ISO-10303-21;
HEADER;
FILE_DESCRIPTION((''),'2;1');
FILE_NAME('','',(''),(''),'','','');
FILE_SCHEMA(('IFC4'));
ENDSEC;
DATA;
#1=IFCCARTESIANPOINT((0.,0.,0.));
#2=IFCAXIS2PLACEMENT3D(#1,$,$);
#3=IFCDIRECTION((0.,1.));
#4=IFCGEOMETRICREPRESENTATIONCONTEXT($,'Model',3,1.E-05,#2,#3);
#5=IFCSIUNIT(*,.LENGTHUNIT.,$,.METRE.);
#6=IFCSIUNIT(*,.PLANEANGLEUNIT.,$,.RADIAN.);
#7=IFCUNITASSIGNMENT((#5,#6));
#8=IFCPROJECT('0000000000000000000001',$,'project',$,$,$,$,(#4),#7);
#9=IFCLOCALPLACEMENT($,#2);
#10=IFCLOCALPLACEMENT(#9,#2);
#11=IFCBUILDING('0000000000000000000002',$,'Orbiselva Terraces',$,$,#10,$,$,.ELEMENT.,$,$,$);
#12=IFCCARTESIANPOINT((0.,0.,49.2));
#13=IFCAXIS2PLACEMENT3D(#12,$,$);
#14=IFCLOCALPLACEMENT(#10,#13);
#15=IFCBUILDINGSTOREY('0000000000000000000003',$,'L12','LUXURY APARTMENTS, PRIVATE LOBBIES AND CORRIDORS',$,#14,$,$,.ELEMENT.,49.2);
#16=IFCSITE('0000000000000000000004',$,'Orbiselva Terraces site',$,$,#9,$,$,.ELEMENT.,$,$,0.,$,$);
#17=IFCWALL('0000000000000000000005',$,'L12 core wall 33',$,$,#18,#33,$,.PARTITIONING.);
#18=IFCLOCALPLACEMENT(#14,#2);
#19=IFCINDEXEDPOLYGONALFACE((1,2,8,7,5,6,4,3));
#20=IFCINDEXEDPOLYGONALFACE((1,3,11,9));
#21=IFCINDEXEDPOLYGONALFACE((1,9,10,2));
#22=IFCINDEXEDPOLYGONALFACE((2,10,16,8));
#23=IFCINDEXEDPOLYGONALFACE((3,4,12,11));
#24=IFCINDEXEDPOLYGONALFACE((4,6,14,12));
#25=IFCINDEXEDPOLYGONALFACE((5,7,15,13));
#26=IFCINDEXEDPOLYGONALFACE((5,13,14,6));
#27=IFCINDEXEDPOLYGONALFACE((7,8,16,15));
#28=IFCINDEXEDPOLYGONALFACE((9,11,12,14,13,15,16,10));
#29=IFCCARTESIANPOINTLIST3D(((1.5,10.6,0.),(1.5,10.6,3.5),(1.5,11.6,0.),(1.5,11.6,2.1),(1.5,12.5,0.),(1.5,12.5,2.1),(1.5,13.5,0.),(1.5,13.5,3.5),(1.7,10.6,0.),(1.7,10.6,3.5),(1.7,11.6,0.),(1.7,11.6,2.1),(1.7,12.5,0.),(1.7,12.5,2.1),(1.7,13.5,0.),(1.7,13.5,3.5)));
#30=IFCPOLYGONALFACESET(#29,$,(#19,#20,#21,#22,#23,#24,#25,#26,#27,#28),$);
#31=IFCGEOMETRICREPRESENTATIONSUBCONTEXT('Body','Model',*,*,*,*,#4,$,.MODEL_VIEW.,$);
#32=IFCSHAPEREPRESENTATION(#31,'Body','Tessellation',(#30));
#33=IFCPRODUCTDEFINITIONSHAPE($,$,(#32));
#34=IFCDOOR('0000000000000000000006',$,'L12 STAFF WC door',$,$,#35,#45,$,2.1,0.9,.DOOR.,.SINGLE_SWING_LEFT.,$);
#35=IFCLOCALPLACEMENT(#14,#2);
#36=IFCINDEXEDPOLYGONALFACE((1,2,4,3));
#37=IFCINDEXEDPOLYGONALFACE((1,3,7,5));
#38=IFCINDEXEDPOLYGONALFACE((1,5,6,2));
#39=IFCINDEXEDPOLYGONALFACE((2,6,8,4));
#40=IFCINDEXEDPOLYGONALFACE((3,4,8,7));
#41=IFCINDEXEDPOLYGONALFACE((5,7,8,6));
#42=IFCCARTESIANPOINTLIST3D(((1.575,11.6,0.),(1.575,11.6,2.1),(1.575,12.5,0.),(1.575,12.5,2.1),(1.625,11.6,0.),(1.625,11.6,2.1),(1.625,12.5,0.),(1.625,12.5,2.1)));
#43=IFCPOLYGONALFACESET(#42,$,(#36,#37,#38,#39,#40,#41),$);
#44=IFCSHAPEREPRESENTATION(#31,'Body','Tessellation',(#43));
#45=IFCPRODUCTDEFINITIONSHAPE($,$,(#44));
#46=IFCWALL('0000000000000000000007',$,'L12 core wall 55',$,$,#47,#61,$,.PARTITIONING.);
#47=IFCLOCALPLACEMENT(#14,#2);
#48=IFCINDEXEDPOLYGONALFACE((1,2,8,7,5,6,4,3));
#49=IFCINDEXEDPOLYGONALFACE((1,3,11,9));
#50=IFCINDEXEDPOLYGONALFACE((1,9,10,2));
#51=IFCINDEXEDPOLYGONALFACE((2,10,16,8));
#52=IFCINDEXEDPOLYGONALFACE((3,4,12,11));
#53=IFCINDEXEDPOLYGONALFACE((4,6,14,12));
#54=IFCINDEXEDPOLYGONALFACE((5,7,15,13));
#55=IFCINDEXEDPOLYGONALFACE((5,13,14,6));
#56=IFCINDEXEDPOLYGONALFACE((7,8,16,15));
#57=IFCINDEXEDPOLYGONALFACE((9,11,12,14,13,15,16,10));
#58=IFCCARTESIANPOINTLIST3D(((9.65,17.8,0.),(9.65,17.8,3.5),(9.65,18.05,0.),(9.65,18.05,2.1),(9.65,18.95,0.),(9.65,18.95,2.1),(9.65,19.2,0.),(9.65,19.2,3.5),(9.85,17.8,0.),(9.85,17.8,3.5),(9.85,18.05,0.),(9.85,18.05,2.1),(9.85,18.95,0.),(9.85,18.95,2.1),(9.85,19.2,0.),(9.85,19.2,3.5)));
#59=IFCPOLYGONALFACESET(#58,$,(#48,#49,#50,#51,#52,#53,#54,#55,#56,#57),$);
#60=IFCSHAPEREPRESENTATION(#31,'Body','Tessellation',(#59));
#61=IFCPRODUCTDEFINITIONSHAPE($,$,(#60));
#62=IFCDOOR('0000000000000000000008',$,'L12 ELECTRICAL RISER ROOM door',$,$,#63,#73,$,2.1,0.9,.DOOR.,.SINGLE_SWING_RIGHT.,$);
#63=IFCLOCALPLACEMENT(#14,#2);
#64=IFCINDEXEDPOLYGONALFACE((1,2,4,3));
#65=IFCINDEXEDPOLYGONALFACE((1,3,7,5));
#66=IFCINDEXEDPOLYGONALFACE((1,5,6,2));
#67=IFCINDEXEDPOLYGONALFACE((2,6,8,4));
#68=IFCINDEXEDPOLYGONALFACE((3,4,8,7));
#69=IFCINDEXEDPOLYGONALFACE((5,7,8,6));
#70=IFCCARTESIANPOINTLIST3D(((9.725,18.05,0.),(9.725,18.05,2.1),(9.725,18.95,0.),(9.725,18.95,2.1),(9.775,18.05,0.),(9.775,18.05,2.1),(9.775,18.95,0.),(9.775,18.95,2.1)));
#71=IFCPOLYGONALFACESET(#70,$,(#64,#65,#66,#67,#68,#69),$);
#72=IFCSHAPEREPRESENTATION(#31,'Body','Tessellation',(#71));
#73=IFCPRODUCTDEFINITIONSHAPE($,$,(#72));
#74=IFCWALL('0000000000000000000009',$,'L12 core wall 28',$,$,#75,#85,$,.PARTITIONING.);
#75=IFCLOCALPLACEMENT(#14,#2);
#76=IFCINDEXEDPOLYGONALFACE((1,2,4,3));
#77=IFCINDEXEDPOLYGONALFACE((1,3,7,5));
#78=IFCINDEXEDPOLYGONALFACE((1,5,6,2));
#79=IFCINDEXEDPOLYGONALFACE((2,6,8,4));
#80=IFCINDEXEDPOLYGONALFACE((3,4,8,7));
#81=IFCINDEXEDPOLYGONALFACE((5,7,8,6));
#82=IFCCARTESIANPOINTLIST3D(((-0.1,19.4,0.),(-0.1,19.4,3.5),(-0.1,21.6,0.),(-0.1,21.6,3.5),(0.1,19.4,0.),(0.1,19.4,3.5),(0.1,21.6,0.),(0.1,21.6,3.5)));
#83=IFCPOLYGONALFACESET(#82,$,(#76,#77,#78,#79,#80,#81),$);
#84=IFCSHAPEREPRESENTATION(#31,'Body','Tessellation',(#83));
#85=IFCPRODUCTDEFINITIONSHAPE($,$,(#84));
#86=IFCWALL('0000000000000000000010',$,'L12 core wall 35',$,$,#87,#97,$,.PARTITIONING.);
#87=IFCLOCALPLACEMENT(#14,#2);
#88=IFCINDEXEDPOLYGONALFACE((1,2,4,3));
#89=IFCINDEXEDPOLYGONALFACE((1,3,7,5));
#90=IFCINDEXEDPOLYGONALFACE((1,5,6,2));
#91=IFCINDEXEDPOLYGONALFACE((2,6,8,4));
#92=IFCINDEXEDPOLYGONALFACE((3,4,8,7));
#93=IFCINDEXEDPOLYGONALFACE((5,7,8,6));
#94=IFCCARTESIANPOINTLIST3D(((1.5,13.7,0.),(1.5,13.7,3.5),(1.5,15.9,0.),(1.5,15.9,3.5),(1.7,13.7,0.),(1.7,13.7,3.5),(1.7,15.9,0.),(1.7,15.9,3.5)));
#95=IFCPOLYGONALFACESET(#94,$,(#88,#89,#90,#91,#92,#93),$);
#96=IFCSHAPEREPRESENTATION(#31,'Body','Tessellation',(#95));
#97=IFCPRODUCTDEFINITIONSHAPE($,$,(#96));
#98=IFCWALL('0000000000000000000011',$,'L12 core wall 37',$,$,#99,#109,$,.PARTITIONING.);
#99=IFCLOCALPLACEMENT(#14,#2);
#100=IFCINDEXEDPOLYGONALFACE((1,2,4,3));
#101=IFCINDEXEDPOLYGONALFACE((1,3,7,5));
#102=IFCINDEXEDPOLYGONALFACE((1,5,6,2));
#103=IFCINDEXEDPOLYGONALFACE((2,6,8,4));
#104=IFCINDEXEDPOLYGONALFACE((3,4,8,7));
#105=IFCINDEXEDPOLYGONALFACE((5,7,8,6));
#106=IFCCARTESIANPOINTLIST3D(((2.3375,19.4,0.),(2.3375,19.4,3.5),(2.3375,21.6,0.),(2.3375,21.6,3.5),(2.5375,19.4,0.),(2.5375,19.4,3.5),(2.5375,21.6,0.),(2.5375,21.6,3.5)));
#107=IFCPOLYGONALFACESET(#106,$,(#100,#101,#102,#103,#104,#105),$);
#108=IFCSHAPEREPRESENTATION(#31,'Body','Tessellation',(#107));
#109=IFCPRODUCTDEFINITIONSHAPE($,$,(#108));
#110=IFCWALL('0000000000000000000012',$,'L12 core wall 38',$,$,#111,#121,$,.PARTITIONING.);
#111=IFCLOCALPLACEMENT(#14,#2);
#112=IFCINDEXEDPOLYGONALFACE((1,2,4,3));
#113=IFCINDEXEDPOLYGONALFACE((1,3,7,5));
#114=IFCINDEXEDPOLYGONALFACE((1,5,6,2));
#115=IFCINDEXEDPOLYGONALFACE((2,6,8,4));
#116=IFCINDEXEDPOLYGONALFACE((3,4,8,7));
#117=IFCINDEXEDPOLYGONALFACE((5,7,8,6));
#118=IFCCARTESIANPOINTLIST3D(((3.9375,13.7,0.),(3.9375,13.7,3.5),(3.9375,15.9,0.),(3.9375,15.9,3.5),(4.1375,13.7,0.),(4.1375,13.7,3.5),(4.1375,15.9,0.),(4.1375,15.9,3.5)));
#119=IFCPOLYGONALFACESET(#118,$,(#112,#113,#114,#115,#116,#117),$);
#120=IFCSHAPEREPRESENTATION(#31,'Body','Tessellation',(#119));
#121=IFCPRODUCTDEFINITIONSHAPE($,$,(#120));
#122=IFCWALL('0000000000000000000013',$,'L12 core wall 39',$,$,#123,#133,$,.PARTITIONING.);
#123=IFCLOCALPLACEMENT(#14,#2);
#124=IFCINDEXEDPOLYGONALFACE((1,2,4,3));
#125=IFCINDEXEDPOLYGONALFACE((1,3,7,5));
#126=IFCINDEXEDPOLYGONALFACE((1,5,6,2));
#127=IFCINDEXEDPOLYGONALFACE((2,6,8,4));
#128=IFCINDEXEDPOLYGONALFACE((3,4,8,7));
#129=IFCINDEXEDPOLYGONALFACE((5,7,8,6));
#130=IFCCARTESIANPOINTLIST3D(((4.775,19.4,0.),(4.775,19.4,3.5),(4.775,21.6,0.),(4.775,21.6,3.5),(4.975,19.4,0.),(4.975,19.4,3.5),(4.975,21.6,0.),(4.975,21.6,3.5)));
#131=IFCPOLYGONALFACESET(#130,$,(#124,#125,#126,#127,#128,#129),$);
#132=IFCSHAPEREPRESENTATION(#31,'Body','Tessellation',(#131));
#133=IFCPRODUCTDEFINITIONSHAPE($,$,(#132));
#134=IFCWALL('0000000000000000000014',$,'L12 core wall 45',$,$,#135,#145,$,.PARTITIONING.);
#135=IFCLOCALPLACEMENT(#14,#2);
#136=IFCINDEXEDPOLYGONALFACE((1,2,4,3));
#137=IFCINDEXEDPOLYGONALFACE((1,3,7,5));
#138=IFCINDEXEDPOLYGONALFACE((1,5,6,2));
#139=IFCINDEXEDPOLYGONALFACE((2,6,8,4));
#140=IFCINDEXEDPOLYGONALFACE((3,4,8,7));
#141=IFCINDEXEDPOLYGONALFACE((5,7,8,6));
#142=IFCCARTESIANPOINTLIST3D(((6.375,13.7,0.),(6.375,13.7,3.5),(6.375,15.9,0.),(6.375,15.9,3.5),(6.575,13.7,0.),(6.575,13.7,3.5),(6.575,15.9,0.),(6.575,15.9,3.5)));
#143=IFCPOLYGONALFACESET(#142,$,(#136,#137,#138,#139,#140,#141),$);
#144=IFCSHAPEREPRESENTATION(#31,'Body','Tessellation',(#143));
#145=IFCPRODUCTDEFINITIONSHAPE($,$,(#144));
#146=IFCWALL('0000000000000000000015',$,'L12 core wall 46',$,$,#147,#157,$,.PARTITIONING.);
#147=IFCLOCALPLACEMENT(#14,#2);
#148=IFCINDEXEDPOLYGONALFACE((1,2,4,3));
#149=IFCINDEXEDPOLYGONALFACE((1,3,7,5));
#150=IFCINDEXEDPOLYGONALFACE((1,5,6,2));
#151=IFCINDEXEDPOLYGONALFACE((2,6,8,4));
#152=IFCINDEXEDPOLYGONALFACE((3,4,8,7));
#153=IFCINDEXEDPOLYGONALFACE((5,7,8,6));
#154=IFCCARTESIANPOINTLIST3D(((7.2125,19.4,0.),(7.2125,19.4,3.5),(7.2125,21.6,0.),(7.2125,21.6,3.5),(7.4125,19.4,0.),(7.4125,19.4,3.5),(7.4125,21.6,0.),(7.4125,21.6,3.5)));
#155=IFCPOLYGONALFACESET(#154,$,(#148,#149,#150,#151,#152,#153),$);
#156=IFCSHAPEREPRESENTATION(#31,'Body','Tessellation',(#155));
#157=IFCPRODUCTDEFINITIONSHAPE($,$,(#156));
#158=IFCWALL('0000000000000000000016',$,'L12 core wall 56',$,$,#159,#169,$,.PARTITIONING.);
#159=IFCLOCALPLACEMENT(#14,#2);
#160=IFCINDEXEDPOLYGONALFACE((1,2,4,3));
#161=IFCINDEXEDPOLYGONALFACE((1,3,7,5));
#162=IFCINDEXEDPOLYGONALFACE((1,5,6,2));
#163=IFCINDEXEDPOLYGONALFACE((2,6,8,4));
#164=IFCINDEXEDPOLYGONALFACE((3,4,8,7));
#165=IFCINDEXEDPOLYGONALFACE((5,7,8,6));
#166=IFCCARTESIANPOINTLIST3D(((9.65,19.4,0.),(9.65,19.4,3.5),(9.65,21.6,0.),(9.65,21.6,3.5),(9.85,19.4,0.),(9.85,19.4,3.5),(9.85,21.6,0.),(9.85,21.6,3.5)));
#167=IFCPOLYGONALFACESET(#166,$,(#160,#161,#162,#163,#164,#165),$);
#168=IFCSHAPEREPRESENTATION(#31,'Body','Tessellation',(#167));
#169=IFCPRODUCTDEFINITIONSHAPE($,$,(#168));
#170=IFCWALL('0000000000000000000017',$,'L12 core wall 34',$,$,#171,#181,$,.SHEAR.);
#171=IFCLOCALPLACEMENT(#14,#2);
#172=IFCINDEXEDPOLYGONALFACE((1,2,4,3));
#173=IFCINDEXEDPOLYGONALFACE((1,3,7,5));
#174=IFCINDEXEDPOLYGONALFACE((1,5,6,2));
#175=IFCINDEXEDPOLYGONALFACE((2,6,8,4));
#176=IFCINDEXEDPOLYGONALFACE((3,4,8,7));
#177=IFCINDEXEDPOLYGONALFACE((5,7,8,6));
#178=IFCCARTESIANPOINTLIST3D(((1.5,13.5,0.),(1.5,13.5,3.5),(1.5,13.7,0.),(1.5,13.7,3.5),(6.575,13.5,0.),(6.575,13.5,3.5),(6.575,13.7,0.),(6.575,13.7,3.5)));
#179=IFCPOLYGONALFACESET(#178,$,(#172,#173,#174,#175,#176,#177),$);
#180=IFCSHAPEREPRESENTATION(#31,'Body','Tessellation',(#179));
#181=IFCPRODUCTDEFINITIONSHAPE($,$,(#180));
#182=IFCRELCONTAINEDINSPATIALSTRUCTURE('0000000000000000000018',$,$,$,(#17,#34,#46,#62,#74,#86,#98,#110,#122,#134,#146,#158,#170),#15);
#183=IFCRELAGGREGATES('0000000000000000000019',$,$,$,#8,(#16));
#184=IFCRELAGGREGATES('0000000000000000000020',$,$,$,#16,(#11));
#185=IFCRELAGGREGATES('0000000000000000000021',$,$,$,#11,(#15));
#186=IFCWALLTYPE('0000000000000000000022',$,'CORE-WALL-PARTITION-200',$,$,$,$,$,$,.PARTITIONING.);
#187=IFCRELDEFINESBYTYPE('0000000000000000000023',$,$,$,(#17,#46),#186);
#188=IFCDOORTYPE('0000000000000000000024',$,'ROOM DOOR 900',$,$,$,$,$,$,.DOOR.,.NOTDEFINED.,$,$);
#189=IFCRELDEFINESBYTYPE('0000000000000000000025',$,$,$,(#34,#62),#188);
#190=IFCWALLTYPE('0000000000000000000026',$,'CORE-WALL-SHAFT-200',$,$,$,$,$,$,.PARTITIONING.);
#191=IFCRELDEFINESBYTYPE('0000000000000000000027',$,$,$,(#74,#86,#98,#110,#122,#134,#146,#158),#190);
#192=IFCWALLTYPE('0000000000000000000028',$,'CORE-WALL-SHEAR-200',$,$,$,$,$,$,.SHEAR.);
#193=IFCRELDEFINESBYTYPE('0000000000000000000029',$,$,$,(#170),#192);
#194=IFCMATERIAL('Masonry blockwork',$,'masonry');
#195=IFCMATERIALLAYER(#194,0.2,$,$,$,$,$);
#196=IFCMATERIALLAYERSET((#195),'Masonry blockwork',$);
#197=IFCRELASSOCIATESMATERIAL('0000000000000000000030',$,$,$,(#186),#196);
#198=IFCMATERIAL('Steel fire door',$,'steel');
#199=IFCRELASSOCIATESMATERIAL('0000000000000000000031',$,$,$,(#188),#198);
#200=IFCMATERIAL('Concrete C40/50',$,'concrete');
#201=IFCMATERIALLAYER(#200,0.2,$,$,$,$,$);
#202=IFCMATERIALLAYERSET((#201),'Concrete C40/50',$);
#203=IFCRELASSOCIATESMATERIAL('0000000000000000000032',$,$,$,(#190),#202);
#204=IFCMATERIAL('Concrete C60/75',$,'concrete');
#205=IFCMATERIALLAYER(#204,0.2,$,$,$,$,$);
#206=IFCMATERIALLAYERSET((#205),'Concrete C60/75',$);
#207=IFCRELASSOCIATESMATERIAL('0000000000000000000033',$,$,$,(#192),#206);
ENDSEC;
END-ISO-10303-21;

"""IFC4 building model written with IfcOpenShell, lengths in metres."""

from ifc_helpers import new_model, si_unit, direction, frame, frame_2d, origin, place, context, subcontext, project, spatial, rectangle, extrude, material, layer, layer_set, type_object, element, fill, save


model = new_model("IFC4")

# Units and contexts
model_context = context("Model", 3, precision=1e-05, world=origin(), true_north=direction((0.0, 1.0)))
body_context = subcontext(model_context, "Body", "Model", "MODEL_VIEW")
ifc_project = project(units=[si_unit("LENGTHUNIT", "METRE"), si_unit("PLANEANGLEUNIT", "RADIAN")], contexts=[model_context])

# Site, building, storey
site_placement = place(None, origin())
site = spatial("IfcSite", under=ifc_project, at=site_placement, Name="Orbiselva Terraces site", CompositionType="ELEMENT", RefElevation=0.0)
building_placement = place(site_placement, origin())
building = spatial("IfcBuilding", under=site, at=building_placement, Name="Orbiselva Terraces", CompositionType="ELEMENT")
storey_placement = place(building_placement, frame((0.0, 0.0, 49.2)))
storey = spatial("IfcBuildingStorey", under=building, at=storey_placement, Name="L12", Description="LUXURY APARTMENTS, PRIVATE LOBBIES AND CORRIDORS", CompositionType="ELEMENT", Elevation=49.2)

# Walls, openings, doors
ifc_material_1 = material(Name="Masonry blockwork", Category="masonry")
ifc_layer_1 = layer(ifc_material_1, 0.2)
ifc_layer_set_1 = layer_set([ifc_layer_1], Name="Masonry blockwork")
wall_type_1 = type_object("IfcWallType", Name="CORE-WALL-PARTITION-200", PredefinedType="PARTITIONING", material=ifc_layer_set_1)
wall_1_placement = place(storey_placement, frame((1.6, 13.5, 0.0), z_axis=(0.0, 0.0, 1.0), x_axis=(0.0, -1.0, 0.0)))
wall_1 = element("IfcWall", 1, at=wall_1_placement, inside=storey, type_object=wall_type_1, Name="L12 core wall 33", PredefinedType="PARTITIONING", context=body_context, shape_type="SweptSolid", body=[
    extrude(rectangle(XDim=2.9, YDim=0.2, at=frame_2d((1.45, 0.0))), origin(), (0.0, 0.0, 1.0), 3.5),
])
opening_1_placement = place(wall_1_placement, frame((1.0, 0.0, 0.0)))
opening_1 = element("IfcOpeningElement", 2, at=opening_1_placement, cuts=wall_1, PredefinedType="OPENING", context=body_context, shape_type="SweptSolid", body=[
    extrude(rectangle(XDim=0.9, YDim=2.1, at=frame_2d((0.45, 1.05))), frame((0.0, 0.11, 0.0), z_axis=(0.0, -1.0, 0.0), x_axis=(1.0, 0.0, 0.0)), (0.0, 0.0, 1.0), 0.22),
])
ifc_material_2 = material(Name="Steel fire door", Category="steel")
door_type = type_object("IfcDoorType", Name="ROOM DOOR 900", OperationType="NOTDEFINED", PredefinedType="DOOR", material=ifc_material_2)
door_1_placement = place(opening_1_placement, origin())
door_1 = element("IfcDoor", 3, at=door_1_placement, inside=storey, type_object=door_type, Name="L12 STAFF WC door", OperationType="SINGLE_SWING_LEFT", OverallHeight=2.1, OverallWidth=0.9, PredefinedType="DOOR", context=body_context, shape_type="SweptSolid", body=[
    extrude(rectangle(XDim=0.9, YDim=2.1, at=frame_2d((0.45, 1.05))), frame((0.0, 0.025, 0.0), z_axis=(0.0, -1.0, 0.0), x_axis=(1.0, 0.0, 0.0)), (0.0, 0.0, 1.0), 0.05),
])
fill(opening_1, door_1)
wall_2_placement = place(storey_placement, frame((9.75, 19.2, 0.0), z_axis=(0.0, 0.0, 1.0), x_axis=(0.0, -1.0, 0.0)))
wall_2 = element("IfcWall", 4, at=wall_2_placement, inside=storey, type_object=wall_type_1, Name="L12 core wall 55", PredefinedType="PARTITIONING", context=body_context, shape_type="SweptSolid", body=[
    extrude(rectangle(XDim=1.4, YDim=0.2, at=frame_2d((0.7, 0.0))), origin(), (0.0, 0.0, 1.0), 3.5),
])
opening_2_placement = place(wall_2_placement, frame((0.25, 0.0, 0.0)))
opening_2 = element("IfcOpeningElement", 5, at=opening_2_placement, cuts=wall_2, PredefinedType="OPENING", context=body_context, shape_type="SweptSolid", body=[
    extrude(rectangle(XDim=0.9, YDim=2.1, at=frame_2d((0.45, 1.05))), frame((0.0, 0.11, 0.0), z_axis=(0.0, -1.0, 0.0), x_axis=(1.0, 0.0, 0.0)), (0.0, 0.0, 1.0), 0.22),
])
door_2_placement = place(opening_2_placement, origin())
door_2 = element("IfcDoor", 6, at=door_2_placement, inside=storey, type_object=door_type, Name="L12 ELECTRICAL RISER ROOM door", OperationType="SINGLE_SWING_RIGHT", OverallHeight=2.1, OverallWidth=0.9, PredefinedType="DOOR", context=body_context, shape_type="SweptSolid", body=[
    extrude(rectangle(XDim=0.9, YDim=2.1, at=frame_2d((0.45, 1.05))), frame((0.0, 0.025, 0.0), z_axis=(0.0, -1.0, 0.0), x_axis=(1.0, 0.0, 0.0)), (0.0, 0.0, 1.0), 0.05),
])
fill(opening_2, door_2)

# Walls
ifc_material_3 = material(Name="Concrete C40/50", Category="concrete")
ifc_layer_2 = layer(ifc_material_3, 0.2)
ifc_layer_set_2 = layer_set([ifc_layer_2], Name="Concrete C40/50")
wall_type_2 = type_object("IfcWallType", Name="CORE-WALL-SHAFT-200", PredefinedType="PARTITIONING", material=ifc_layer_set_2)
for number, where, z_axis, x_axis, name in (
    (7, (0.0, 19.4, 0.0), (0.0, 0.0, 1.0), (0.0, 1.0, 0.0), "L12 core wall 28"),
    (8, (1.6, 13.7, 0.0), (0.0, 0.0, 1.0), (0.0, 1.0, 0.0), "L12 core wall 35"),
    (9, (2.4375, 19.4, 0.0), (0.0, 0.0, 1.0), (0.0, 1.0, 0.0), "L12 core wall 37"),
    (10, (4.0375, 13.7, 0.0), (0.0, 0.0, 1.0), (0.0, 1.0, 0.0), "L12 core wall 38"),
    (11, (4.875, 19.4, 0.0), (0.0, 0.0, 1.0), (0.0, 1.0, 0.0), "L12 core wall 39"),
    (12, (6.475, 13.7, 0.0), (0.0, 0.0, 1.0), (0.0, 1.0, 0.0), "L12 core wall 45"),
    (13, (7.3125, 19.4, 0.0), (0.0, 0.0, 1.0), (0.0, 1.0, 0.0), "L12 core wall 46"),
    (14, (9.75, 19.4, 0.0), (0.0, 0.0, 1.0), (0.0, 1.0, 0.0), "L12 core wall 56"),
):
    element("IfcWall", number, at=place(storey_placement, frame(where, z_axis=z_axis, x_axis=x_axis)), inside=storey, type_object=wall_type_2, Name=name, PredefinedType="PARTITIONING", context=body_context, shape_type="SweptSolid", body=[
        extrude(rectangle(XDim=2.2, YDim=0.2, at=frame_2d((1.1, 0.0))), origin(), (0.0, 0.0, 1.0), 3.5),
    ])
ifc_material_4 = material(Name="Concrete C60/75", Category="concrete")
ifc_layer_3 = layer(ifc_material_4, 0.2)
ifc_layer_set_3 = layer_set([ifc_layer_3], Name="Concrete C60/75")
wall_type_3 = type_object("IfcWallType", Name="CORE-WALL-SHEAR-200", PredefinedType="SHEAR", material=ifc_layer_set_3)
wall_3_placement = place(storey_placement, frame((1.5, 13.6, 0.0), z_axis=(0.0, 0.0, 1.0), x_axis=(1.0, 0.0, 0.0)))
element("IfcWall", 15, at=wall_3_placement, inside=storey, type_object=wall_type_3, Name="L12 core wall 34", PredefinedType="SHEAR", context=body_context, shape_type="SweptSolid", body=[
    extrude(rectangle(XDim=5.075, YDim=0.2, at=frame_2d((2.5375, 0.0))), origin(), (0.0, 0.0, 1.0), 3.5),
])

save(model, "model.ifc")
